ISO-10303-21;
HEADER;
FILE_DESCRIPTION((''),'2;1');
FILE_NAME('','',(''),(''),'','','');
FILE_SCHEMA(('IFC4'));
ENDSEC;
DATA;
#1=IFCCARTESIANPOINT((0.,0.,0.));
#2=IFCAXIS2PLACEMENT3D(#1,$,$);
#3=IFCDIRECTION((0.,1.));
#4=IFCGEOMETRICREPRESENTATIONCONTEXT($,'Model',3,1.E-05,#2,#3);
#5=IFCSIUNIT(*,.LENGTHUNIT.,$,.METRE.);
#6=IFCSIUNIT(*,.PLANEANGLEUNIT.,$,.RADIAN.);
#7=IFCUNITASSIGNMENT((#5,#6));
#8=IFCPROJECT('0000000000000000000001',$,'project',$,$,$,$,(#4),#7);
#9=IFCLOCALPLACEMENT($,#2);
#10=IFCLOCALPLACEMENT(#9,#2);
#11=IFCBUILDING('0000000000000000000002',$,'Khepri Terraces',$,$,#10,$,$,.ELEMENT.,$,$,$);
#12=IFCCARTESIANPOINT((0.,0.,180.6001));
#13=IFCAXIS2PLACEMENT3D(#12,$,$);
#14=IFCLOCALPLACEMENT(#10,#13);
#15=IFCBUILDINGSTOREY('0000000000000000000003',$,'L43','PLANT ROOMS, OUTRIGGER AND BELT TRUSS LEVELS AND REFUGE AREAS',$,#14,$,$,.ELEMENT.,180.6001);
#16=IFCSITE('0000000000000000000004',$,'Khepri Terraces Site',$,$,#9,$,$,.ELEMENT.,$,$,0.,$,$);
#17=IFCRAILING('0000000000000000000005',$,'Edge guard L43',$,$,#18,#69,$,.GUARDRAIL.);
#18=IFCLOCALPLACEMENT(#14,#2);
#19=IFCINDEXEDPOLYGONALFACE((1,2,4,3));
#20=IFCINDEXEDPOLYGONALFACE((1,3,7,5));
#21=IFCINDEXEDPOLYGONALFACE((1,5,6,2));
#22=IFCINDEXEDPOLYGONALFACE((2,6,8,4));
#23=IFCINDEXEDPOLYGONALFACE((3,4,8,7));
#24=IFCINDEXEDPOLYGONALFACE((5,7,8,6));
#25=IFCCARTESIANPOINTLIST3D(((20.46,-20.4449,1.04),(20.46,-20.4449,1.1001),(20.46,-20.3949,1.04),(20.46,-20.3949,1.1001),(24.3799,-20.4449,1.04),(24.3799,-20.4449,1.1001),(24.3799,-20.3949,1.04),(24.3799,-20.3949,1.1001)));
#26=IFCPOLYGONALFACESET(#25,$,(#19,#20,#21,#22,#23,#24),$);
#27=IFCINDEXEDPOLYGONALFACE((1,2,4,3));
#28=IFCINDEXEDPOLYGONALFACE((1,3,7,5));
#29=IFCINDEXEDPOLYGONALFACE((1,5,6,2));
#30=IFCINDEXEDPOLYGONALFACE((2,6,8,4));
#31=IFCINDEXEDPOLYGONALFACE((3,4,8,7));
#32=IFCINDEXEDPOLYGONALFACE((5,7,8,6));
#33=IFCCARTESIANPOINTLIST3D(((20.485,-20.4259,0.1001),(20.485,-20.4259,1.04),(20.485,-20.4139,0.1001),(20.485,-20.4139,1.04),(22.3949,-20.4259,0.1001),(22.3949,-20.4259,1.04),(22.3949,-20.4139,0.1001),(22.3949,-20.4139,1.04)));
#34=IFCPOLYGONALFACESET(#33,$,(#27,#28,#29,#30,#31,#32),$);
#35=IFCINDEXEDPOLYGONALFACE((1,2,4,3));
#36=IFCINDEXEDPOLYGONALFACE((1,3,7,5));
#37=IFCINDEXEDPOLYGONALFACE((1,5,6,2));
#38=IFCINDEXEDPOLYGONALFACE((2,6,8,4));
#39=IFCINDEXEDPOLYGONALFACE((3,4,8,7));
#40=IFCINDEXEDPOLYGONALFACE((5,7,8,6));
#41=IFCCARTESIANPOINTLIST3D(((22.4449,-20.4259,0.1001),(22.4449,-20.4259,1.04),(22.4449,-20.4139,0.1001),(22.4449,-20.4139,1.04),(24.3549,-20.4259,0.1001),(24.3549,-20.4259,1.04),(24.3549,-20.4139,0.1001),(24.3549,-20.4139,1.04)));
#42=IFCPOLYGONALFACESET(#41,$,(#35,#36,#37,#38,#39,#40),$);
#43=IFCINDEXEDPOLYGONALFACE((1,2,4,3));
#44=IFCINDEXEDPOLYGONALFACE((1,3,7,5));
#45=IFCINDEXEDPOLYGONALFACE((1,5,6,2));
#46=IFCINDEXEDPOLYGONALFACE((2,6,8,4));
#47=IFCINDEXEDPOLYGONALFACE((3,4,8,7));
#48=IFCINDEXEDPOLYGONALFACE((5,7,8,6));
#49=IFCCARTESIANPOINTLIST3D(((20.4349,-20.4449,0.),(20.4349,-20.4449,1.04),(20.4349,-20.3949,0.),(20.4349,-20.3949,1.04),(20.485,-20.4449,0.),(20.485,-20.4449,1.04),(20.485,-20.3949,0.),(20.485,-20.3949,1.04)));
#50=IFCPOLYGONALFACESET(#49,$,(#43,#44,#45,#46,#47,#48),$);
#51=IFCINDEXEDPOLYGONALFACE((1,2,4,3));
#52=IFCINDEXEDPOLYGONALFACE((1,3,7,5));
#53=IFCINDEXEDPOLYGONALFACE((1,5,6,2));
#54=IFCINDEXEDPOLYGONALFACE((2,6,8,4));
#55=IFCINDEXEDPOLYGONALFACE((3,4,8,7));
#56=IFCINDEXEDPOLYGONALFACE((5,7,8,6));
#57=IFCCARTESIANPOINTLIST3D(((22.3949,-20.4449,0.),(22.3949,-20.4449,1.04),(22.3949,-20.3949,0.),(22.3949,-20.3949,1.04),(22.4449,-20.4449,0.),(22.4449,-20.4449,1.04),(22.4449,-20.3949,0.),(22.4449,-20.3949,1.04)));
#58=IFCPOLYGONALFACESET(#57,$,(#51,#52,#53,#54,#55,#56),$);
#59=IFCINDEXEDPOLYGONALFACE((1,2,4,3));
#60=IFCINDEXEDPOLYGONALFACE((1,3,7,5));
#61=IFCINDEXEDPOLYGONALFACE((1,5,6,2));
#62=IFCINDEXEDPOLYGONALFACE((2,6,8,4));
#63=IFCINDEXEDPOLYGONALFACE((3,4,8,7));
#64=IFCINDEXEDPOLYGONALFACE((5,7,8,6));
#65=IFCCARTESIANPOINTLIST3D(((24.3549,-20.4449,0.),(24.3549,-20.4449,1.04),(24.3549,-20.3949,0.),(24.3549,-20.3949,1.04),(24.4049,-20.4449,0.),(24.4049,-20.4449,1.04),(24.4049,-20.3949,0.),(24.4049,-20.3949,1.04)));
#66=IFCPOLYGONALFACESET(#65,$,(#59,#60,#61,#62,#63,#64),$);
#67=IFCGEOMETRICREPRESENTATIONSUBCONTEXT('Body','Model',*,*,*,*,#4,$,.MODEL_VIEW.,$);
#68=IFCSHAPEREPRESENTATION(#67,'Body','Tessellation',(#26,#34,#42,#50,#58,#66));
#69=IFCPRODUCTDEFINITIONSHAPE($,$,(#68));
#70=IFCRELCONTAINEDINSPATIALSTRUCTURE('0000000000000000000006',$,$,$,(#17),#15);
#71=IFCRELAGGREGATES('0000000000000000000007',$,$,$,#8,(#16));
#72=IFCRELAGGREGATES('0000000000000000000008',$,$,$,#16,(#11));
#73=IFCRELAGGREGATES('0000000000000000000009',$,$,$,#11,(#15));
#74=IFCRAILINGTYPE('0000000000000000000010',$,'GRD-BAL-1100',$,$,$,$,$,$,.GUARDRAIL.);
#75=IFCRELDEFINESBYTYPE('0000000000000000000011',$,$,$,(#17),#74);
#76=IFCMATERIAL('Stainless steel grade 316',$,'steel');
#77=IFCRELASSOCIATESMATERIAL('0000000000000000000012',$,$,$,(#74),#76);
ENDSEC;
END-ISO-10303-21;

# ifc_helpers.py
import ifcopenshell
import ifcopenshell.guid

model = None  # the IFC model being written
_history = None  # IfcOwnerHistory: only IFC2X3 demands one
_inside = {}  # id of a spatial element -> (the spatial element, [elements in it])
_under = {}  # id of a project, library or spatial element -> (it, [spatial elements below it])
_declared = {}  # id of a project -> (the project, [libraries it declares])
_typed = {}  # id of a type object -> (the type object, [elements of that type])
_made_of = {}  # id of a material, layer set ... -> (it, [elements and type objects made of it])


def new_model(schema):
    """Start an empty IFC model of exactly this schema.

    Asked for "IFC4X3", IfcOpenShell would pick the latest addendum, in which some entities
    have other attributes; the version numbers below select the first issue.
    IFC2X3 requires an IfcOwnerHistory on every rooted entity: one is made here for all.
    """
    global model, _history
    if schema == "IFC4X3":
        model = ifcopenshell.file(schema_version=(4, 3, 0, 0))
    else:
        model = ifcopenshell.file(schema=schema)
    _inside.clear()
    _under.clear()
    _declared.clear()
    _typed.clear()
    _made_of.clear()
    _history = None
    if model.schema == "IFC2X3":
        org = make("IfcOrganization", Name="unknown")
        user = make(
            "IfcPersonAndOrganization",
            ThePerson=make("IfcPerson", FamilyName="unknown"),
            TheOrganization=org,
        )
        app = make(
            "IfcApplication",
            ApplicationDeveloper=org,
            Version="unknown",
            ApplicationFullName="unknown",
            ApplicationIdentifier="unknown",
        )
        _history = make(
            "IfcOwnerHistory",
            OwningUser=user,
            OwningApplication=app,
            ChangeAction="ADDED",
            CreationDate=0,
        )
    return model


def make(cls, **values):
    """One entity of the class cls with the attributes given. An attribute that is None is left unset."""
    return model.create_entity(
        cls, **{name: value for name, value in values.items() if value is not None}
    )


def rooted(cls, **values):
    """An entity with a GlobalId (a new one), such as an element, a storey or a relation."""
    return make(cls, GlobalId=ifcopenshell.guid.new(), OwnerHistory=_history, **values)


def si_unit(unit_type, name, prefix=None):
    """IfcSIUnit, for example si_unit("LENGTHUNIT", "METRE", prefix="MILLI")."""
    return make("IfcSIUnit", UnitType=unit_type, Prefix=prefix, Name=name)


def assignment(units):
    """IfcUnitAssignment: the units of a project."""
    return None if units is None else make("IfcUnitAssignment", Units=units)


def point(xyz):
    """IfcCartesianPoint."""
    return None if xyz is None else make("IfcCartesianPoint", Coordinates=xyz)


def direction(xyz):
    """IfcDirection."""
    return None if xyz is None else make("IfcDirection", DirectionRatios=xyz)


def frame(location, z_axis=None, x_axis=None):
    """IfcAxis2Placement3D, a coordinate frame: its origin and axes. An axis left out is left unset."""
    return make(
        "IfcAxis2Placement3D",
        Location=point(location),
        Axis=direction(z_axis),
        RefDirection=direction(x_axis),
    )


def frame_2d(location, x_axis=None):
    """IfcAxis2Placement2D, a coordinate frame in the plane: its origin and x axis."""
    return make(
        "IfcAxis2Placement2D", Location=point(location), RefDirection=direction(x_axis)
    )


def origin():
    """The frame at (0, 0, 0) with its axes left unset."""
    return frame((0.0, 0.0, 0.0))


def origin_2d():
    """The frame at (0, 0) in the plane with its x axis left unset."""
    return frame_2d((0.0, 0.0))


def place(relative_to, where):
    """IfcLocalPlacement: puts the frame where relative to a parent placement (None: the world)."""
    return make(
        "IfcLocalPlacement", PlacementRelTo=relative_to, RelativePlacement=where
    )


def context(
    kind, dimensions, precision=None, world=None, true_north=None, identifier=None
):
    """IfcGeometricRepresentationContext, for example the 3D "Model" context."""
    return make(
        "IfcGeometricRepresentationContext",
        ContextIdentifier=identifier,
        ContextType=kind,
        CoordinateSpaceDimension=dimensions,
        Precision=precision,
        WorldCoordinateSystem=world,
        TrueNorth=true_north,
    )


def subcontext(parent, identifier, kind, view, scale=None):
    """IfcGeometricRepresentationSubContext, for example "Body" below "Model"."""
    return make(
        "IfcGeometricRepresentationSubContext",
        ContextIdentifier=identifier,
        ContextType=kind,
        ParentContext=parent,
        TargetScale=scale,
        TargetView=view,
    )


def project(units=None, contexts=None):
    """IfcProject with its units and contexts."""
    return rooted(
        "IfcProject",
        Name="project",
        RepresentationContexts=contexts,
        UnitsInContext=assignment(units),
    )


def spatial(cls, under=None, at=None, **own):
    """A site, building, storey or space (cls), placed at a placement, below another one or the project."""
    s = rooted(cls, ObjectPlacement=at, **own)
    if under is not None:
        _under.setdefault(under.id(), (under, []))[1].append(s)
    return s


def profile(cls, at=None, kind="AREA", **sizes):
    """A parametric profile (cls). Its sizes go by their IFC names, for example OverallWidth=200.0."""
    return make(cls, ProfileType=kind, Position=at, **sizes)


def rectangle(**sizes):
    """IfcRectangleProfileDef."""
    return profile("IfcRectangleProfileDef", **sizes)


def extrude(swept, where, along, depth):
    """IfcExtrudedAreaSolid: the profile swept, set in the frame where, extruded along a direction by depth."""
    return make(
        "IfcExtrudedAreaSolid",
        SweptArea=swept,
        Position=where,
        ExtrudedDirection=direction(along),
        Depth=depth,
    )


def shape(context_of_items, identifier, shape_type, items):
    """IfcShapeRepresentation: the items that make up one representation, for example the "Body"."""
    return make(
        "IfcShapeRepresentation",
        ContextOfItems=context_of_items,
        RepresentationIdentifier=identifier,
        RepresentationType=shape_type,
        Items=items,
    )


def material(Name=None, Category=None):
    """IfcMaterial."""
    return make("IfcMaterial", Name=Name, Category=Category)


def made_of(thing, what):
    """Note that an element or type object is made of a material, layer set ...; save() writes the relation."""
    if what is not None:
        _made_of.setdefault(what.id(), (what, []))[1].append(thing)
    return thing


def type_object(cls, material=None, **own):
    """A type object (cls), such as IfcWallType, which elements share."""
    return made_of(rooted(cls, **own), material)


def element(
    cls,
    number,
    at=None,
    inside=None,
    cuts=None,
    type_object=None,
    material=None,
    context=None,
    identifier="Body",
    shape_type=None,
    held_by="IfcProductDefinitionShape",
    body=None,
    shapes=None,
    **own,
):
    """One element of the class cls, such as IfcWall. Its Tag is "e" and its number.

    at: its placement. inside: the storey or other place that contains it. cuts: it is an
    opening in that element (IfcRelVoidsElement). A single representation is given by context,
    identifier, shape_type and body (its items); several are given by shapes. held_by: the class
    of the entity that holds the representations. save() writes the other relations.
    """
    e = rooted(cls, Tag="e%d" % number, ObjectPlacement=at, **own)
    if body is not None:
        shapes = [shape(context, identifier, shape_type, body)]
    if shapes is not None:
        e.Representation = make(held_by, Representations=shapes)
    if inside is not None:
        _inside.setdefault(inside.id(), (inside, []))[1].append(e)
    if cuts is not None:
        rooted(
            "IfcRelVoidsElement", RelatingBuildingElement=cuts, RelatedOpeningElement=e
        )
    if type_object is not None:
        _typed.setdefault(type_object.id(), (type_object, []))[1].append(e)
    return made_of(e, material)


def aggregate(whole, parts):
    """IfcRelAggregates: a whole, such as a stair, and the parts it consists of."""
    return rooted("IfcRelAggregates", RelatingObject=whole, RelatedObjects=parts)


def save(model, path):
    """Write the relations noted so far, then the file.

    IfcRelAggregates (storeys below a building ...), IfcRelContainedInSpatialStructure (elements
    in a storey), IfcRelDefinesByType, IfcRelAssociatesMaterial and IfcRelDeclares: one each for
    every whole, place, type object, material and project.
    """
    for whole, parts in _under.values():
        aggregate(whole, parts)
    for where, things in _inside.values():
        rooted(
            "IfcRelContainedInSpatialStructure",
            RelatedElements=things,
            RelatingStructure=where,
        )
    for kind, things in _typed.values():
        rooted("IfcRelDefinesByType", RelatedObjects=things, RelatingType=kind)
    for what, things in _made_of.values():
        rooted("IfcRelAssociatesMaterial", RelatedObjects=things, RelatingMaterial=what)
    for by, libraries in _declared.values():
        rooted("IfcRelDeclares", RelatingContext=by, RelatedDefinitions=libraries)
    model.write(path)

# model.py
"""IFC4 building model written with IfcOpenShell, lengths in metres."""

from ifc_helpers import new_model, si_unit, direction, frame, origin, origin_2d, place, context, subcontext, project, spatial, rectangle, extrude, material, type_object, element, save


model = new_model("IFC4")

# Units and contexts
model_context = context("Model", 3, precision=1e-05, world=origin(), true_north=direction((0.0, 1.0)))
body_context = subcontext(model_context, "Body", "Model", "MODEL_VIEW")
ifc_project = project(units=[si_unit("LENGTHUNIT", "METRE"), si_unit("PLANEANGLEUNIT", "RADIAN")], contexts=[model_context])

# Site, building, storey
site_placement = place(None, origin())
site = spatial("IfcSite", under=ifc_project, at=site_placement, Name="Khepri Terraces Site", CompositionType="ELEMENT", RefElevation=0.0)
building_placement = place(site_placement, origin())
building = spatial("IfcBuilding", under=site, at=building_placement, Name="Khepri Terraces", CompositionType="ELEMENT")
storey_placement = place(building_placement, frame((0.0, 0.0, 180.6001)))
storey = spatial("IfcBuildingStorey", under=building, at=storey_placement, Name="L43", Description="PLANT ROOMS, OUTRIGGER AND BELT TRUSS LEVELS AND REFUGE AREAS", CompositionType="ELEMENT", Elevation=180.6001)

# Railing
ifc_material_1 = material(Name="Stainless steel grade 316", Category="steel")
railing_type = type_object("IfcRailingType", Name="GRD-BAL-1100", PredefinedType="GUARDRAIL", material=ifc_material_1)
railing_1_placement = place(storey_placement, frame((20.46, -20.4199, 0.0)))
element("IfcRailing", 1, at=railing_1_placement, inside=storey, type_object=railing_type, Name="Edge guard L43", PredefinedType="GUARDRAIL", context=body_context, shape_type="SweptSolid", body=[
    extrude(rectangle(XDim=0.05, YDim=0.0601, at=origin_2d()), frame((0.0, 0.0, 1.0701), z_axis=(1.0, 0.0, 0.0), x_axis=(0.0, 1.0, 0.0)), (0.0, 0.0, 1.0), 3.9199),
    extrude(rectangle(XDim=1.9099, YDim=0.012, at=origin_2d()), frame((0.98, 0.0, 0.1001), z_axis=(0.0, 0.0, 1.0), x_axis=(1.0, 0.0, 0.0)), (0.0, 0.0, 1.0), 0.9399),
    extrude(rectangle(XDim=1.9099, YDim=0.012, at=origin_2d()), frame((2.9399, 0.0, 0.1001), z_axis=(0.0, 0.0, 1.0), x_axis=(1.0, 0.0, 0.0)), (0.0, 0.0, 1.0), 0.9399),
    extrude(rectangle(XDim=0.05, YDim=0.05, at=origin_2d()), origin(), (0.0, 0.0, 1.0), 1.04),
    extrude(rectangle(XDim=0.05, YDim=0.05, at=origin_2d()), frame((1.96, 0.0, 0.0)), (0.0, 0.0, 1.0), 1.04),
    extrude(rectangle(XDim=0.05, YDim=0.05, at=origin_2d()), frame((3.9199, 0.0, 0.0)), (0.0, 0.0, 1.0), 1.04),
])

save(model, "model.ifc")
